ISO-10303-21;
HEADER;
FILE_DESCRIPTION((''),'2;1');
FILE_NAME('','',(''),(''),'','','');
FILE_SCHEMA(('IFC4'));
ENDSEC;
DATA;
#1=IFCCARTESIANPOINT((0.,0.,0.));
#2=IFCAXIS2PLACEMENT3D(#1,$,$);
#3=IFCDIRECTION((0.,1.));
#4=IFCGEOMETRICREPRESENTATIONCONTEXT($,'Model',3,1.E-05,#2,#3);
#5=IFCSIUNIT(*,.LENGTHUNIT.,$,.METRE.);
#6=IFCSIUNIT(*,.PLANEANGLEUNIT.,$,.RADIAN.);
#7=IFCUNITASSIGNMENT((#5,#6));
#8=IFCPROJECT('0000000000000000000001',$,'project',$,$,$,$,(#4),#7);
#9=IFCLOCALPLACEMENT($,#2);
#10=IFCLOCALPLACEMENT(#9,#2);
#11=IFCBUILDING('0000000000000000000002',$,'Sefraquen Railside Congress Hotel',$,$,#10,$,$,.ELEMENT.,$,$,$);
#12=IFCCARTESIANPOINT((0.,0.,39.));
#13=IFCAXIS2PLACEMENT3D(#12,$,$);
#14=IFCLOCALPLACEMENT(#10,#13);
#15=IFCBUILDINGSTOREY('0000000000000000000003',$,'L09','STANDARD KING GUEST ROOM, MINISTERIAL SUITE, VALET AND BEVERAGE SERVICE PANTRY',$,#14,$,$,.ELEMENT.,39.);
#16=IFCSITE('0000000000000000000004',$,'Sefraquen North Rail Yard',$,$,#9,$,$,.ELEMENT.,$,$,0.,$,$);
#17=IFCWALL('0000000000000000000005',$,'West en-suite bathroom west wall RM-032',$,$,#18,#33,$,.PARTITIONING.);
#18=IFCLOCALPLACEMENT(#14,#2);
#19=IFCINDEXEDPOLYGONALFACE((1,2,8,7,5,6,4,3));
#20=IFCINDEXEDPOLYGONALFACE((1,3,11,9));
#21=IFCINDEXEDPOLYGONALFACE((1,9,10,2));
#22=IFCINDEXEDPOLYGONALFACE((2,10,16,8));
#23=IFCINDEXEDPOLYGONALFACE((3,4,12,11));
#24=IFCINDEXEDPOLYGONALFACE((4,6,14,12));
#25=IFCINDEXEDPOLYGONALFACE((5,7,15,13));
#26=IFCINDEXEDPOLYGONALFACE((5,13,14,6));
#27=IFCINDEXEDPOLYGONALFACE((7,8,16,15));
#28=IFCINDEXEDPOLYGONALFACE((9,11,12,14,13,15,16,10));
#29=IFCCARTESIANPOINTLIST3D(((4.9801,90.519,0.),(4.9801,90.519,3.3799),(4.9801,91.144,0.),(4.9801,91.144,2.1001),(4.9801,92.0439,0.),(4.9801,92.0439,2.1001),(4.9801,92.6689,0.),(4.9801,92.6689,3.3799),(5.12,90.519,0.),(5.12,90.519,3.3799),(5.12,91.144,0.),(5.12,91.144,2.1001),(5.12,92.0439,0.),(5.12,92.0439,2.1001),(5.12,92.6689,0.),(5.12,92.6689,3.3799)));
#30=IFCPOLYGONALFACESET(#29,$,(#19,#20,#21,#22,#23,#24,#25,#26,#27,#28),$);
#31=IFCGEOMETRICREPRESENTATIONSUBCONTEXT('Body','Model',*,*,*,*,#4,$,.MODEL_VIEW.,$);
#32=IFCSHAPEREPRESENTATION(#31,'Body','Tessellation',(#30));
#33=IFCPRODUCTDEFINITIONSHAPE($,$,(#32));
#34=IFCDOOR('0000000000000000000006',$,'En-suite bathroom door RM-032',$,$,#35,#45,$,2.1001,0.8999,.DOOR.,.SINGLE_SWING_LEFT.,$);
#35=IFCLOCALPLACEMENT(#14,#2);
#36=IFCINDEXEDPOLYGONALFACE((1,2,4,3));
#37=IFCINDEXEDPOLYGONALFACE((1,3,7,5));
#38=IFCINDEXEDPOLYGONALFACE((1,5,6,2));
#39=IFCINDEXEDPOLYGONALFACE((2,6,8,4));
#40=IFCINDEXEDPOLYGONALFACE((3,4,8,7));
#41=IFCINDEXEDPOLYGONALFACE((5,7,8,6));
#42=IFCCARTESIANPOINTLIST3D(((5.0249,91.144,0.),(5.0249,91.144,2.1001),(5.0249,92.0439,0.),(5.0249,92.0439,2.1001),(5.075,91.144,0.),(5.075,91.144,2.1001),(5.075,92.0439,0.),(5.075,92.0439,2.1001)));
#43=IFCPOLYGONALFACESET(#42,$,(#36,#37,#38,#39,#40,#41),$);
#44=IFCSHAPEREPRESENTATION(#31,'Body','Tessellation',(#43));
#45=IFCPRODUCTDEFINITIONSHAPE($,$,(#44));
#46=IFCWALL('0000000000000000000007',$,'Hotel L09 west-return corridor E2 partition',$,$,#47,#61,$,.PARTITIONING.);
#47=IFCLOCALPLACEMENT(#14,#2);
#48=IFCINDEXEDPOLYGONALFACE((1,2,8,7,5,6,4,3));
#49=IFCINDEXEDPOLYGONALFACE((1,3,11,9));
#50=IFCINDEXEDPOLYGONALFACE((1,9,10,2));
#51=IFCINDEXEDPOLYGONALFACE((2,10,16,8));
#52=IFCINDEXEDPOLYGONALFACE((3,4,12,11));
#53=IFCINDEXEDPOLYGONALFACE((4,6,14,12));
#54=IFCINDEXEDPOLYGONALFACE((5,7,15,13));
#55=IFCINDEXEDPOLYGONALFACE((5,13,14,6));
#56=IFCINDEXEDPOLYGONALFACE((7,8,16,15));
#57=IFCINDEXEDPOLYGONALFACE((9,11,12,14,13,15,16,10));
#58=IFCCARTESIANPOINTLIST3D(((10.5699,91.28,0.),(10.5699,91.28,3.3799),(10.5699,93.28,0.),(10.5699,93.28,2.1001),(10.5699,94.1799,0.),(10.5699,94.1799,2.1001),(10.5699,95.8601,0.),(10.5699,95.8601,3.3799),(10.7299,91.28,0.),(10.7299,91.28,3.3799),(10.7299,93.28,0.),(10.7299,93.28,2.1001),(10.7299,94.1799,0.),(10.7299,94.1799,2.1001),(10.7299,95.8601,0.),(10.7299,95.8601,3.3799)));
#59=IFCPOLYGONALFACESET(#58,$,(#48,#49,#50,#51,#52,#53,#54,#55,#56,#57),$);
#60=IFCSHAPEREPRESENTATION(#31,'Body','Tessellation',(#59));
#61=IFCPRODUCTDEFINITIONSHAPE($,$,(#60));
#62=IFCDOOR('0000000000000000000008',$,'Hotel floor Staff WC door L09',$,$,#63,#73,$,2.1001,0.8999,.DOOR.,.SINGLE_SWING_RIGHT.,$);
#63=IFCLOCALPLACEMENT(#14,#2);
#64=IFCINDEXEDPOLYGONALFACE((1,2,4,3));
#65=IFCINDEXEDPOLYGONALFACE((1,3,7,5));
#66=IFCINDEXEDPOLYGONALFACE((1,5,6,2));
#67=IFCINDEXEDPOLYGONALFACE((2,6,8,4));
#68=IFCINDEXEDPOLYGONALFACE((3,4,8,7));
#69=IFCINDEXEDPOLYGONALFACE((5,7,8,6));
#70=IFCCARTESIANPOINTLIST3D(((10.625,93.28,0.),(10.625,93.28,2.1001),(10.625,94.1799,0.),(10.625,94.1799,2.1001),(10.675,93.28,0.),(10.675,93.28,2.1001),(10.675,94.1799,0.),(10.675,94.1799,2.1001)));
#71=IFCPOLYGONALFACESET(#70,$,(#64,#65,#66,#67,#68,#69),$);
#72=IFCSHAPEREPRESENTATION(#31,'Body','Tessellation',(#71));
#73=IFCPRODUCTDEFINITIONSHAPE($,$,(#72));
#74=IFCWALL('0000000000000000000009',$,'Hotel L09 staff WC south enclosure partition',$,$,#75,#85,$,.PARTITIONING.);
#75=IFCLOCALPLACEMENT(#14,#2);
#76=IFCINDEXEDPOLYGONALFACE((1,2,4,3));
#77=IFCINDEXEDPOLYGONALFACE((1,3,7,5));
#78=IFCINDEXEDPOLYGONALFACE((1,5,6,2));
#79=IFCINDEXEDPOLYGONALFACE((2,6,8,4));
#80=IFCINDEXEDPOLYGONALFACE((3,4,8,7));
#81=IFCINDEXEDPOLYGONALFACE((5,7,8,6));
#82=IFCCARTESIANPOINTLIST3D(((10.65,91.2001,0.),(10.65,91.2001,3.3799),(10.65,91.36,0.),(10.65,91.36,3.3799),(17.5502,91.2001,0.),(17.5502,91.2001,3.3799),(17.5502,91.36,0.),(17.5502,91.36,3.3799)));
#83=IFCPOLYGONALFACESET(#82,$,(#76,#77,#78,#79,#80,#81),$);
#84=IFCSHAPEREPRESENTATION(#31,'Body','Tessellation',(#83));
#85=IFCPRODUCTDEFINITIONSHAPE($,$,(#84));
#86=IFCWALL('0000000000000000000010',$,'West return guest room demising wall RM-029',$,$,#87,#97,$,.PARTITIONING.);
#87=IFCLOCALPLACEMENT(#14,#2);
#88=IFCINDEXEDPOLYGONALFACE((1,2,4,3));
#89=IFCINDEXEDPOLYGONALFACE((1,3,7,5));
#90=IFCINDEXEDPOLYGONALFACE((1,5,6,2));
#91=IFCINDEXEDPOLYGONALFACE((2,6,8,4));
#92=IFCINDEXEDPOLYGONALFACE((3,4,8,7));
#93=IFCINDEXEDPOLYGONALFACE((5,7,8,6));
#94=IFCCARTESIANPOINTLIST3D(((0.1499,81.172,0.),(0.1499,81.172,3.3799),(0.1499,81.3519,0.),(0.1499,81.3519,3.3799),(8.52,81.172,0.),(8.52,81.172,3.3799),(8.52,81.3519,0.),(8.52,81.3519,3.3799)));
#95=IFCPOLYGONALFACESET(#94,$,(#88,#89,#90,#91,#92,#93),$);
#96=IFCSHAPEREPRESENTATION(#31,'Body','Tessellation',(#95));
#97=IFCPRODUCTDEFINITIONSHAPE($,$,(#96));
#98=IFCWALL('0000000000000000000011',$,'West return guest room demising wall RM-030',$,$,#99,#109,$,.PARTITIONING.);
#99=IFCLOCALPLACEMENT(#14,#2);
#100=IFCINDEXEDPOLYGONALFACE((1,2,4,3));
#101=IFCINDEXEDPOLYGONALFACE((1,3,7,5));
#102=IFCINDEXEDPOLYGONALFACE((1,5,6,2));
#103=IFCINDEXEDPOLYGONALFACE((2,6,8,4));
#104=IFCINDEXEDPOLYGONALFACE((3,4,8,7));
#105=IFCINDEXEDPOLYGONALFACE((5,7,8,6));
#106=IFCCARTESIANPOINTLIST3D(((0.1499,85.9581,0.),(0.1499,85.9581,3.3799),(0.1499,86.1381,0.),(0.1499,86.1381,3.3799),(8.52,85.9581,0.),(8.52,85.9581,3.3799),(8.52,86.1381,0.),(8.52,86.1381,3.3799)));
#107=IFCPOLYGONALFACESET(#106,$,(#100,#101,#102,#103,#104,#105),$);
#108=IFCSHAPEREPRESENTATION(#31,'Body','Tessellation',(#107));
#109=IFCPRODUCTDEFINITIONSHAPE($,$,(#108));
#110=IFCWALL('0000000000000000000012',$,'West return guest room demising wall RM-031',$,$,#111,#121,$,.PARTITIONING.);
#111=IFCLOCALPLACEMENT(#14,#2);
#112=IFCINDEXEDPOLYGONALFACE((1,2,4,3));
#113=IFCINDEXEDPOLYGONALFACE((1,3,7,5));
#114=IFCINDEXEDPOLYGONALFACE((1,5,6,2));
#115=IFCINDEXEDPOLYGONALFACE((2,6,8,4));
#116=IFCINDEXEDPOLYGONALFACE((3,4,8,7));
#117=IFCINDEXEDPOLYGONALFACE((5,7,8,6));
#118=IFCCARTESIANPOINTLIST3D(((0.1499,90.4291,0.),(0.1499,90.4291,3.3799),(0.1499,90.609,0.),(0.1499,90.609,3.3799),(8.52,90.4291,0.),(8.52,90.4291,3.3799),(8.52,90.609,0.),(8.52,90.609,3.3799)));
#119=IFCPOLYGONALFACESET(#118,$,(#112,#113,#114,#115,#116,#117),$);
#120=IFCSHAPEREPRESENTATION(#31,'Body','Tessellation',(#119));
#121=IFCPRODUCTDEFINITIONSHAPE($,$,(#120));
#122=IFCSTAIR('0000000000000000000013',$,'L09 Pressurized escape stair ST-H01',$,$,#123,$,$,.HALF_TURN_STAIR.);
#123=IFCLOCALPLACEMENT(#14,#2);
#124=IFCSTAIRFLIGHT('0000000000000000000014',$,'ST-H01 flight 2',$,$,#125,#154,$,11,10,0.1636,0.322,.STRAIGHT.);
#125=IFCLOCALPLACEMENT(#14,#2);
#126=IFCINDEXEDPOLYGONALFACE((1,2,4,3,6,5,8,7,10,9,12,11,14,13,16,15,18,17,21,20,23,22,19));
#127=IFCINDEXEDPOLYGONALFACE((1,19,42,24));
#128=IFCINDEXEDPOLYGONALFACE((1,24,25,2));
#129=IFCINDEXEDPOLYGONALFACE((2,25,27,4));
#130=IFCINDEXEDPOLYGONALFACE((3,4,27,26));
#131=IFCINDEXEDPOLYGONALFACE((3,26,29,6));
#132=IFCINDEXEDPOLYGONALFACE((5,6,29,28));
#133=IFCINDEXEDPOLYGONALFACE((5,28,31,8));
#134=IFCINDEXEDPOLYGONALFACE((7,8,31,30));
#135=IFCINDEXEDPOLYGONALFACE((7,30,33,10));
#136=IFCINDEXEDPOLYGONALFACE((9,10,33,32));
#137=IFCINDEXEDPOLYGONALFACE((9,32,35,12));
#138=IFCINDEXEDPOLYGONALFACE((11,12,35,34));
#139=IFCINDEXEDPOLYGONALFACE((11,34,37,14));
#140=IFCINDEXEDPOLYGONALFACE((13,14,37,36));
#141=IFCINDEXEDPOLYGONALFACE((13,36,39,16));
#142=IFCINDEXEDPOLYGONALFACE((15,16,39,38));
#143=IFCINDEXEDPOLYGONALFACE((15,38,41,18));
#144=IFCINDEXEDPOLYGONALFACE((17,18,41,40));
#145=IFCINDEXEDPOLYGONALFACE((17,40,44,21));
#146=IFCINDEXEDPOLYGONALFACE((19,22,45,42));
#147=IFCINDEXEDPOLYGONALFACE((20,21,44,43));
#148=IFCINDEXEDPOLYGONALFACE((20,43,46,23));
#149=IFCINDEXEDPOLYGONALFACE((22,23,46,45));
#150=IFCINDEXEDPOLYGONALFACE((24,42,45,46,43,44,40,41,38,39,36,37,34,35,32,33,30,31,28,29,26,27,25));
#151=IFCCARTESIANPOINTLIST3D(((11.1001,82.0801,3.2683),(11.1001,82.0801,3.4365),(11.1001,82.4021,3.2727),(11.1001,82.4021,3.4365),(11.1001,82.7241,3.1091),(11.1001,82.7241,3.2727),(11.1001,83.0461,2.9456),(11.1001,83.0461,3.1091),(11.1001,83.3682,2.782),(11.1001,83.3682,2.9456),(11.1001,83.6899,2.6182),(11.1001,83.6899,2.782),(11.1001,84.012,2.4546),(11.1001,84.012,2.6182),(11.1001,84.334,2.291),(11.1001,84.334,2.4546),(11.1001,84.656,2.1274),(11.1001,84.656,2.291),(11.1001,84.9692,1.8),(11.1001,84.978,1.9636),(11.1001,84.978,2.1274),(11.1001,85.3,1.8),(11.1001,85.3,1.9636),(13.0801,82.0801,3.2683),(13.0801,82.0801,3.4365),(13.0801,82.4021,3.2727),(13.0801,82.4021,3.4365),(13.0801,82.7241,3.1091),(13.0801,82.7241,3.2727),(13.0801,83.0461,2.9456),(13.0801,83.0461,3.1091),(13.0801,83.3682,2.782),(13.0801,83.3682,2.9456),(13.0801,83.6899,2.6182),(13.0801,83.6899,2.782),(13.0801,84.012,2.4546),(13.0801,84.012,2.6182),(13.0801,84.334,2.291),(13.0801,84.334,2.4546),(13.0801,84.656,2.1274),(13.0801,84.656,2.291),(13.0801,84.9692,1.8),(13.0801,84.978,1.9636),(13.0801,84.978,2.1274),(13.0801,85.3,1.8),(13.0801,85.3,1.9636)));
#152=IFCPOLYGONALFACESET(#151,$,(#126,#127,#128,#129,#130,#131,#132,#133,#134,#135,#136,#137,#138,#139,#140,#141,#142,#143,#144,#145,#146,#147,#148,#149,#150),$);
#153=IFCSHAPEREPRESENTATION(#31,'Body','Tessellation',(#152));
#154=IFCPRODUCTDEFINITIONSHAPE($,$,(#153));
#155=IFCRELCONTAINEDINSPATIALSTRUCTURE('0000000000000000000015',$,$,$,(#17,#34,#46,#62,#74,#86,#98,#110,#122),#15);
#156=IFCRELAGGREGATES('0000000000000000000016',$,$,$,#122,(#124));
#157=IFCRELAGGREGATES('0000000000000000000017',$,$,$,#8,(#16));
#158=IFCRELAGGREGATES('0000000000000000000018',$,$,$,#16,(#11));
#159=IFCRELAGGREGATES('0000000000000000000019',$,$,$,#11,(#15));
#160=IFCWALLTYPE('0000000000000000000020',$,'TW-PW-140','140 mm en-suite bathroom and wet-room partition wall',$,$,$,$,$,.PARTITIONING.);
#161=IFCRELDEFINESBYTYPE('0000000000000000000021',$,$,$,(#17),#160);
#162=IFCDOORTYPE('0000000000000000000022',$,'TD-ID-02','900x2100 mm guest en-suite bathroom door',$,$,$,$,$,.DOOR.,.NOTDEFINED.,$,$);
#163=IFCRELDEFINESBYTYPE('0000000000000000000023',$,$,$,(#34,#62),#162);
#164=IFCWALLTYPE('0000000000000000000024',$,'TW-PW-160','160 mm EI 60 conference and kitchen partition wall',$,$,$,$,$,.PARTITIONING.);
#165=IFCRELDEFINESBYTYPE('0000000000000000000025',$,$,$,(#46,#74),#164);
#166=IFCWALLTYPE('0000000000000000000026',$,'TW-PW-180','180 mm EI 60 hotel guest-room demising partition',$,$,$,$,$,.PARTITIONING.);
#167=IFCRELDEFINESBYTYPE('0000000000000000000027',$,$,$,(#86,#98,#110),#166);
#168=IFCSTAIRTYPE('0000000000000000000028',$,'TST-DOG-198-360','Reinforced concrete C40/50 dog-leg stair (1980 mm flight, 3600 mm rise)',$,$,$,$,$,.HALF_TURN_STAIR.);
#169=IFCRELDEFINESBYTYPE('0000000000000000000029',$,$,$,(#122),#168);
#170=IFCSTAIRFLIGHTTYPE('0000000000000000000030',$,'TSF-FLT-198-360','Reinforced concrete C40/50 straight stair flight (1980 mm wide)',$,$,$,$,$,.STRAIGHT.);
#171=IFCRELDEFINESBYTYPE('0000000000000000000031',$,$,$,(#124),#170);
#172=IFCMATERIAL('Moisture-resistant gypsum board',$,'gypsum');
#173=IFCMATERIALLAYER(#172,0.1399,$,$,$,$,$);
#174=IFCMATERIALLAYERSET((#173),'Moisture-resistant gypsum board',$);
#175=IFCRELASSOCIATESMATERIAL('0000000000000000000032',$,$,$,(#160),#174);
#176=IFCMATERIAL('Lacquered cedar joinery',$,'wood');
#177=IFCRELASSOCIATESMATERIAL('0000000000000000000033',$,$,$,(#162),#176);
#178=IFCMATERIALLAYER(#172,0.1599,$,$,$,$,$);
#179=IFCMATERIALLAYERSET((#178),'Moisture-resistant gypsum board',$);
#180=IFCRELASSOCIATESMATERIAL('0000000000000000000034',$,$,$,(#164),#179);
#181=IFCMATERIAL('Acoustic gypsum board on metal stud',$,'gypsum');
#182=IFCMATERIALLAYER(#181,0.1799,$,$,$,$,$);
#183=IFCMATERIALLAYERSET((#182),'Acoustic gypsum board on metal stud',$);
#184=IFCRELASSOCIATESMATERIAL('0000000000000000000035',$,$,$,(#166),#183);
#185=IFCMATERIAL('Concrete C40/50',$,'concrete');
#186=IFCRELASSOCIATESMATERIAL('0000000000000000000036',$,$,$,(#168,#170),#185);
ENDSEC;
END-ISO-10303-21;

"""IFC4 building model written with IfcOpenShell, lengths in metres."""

from ifc_helpers import new_model, si_unit, direction, frame, frame_2d, origin, place, context, subcontext, project, spatial, polyline, rectangle, outline, extrude, material, layer, layer_set, type_object, element, fill, aggregate, save


model = new_model("IFC4")

# Units and contexts
model_context = context("Model", 3, precision=1e-05, world=origin(), true_north=direction((0.0, 1.0)))
body_context = subcontext(model_context, "Body", "Model", "MODEL_VIEW")
ifc_project = project(units=[si_unit("LENGTHUNIT", "METRE"), si_unit("PLANEANGLEUNIT", "RADIAN")], contexts=[model_context])

# Site, building, storey
site_placement = place(None, origin())
site = spatial("IfcSite", under=ifc_project, at=site_placement, Name="Sefraquen North Rail Yard", CompositionType="ELEMENT", RefElevation=0.0)
building_placement = place(site_placement, origin())
building = spatial("IfcBuilding", under=site, at=building_placement, Name="Sefraquen Railside Congress Hotel", CompositionType="ELEMENT")
storey_placement = place(building_placement, frame((0.0, 0.0, 39.0)))
storey = spatial("IfcBuildingStorey", under=building, at=storey_placement, Name="L09", Description="STANDARD KING GUEST ROOM, MINISTERIAL SUITE, VALET AND BEVERAGE SERVICE PANTRY", CompositionType="ELEMENT", Elevation=39.0)

# Shared definitions
ifc_material_1 = material(Name="Moisture-resistant gypsum board", Category="gypsum")
ifc_layer_1 = layer(ifc_material_1, 0.1399)
ifc_layer_set_1 = layer_set([ifc_layer_1], Name="Moisture-resistant gypsum board")
wall_type_1 = type_object("IfcWallType", Name="TW-PW-140", Description="140 mm en-suite bathroom and wet-room partition wall", PredefinedType="PARTITIONING", material=ifc_layer_set_1)

# Shared definitions
ifc_material_2 = material(Name="Lacquered cedar joinery", Category="wood")
door_type = type_object("IfcDoorType", Name="TD-ID-02", Description="900x2100 mm guest en-suite bathroom door", OperationType="NOTDEFINED", PredefinedType="DOOR", material=ifc_material_2)

# Walls, openings, doors
wall_1_placement = place(storey_placement, frame((5.05, 90.519, 0.0), z_axis=(0.0, 0.0, 1.0), x_axis=(0.0, 1.0, 0.0)))
wall_1 = element("IfcWall", 1, at=wall_1_placement, inside=storey, type_object=wall_type_1, Name="West en-suite bathroom west wall RM-032", PredefinedType="PARTITIONING", context=body_context, shape_type="SweptSolid", body=[
    extrude(rectangle(XDim=2.1499, YDim=0.1399, at=frame_2d((1.075, 0.0))), origin(), (0.0, 0.0, 1.0), 3.3799),
])
opening_1_placement = place(wall_1_placement, frame((0.625, 0.0, 0.0)))
opening_1 = element("IfcOpeningElement", 2, at=opening_1_placement, cuts=wall_1, PredefinedType="OPENING", context=body_context, shape_type="SweptSolid", body=[
    extrude(rectangle(XDim=0.8999, YDim=2.1001, at=frame_2d((0.45, 1.05))), frame((0.0, 0.0798, 0.0), z_axis=(0.0, -1.0, 0.0), x_axis=(1.0, 0.0, 0.0)), (0.0, 0.0, 1.0), 0.1599),
])
door_1_placement = place(opening_1_placement, frame((0.8999, 0.0, 0.0), z_axis=(0.0, 0.0, 1.0), x_axis=(-1.0, 0.0, 0.0)))
door_1 = element("IfcDoor", 3, at=door_1_placement, inside=storey, type_object=door_type, Name="En-suite bathroom door RM-032", OperationType="SINGLE_SWING_LEFT", OverallHeight=2.1001, OverallWidth=0.8999, PredefinedType="DOOR", context=body_context, shape_type="SweptSolid", body=[
    extrude(rectangle(XDim=0.8999, YDim=2.1001, at=frame_2d((0.45, 1.05))), frame((0.0, 0.0249, 0.0), z_axis=(0.0, -1.0, 0.0), x_axis=(1.0, 0.0, 0.0)), (0.0, 0.0, 1.0), 0.05),
])
fill(opening_1, door_1)
ifc_layer_2 = layer(ifc_material_1, 0.1599)
ifc_layer_set_2 = layer_set([ifc_layer_2], Name="Moisture-resistant gypsum board")
wall_type_2 = type_object("IfcWallType", Name="TW-PW-160", Description="160 mm EI 60 conference and kitchen partition wall", PredefinedType="PARTITIONING", material=ifc_layer_set_2)
wall_2_placement = place(storey_placement, frame((10.6499, 91.28, 0.0), z_axis=(0.0, 0.0, 1.0), x_axis=(0.0, 1.0, 0.0)))
wall_2 = element("IfcWall", 4, at=wall_2_placement, inside=storey, type_object=wall_type_2, Name="Hotel L09 west-return corridor E2 partition", PredefinedType="PARTITIONING", context=body_context, shape_type="SweptSolid", body=[
    extrude(rectangle(XDim=4.5801, YDim=0.1599, at=frame_2d((2.29, 0.0))), origin(), (0.0, 0.0, 1.0), 3.3799),
])
opening_2_placement = place(wall_2_placement, frame((2.0, 0.0, 0.0)))
opening_2 = element("IfcOpeningElement", 5, at=opening_2_placement, cuts=wall_2, PredefinedType="OPENING", context=body_context, shape_type="SweptSolid", body=[
    extrude(rectangle(XDim=0.8999, YDim=2.1001, at=frame_2d((0.45, 1.05))), frame((0.0, 0.0898, 0.0), z_axis=(0.0, -1.0, 0.0), x_axis=(1.0, 0.0, 0.0)), (0.0, 0.0, 1.0), 0.1799),
])
door_2_placement = place(opening_2_placement, origin())
door_2 = element("IfcDoor", 6, at=door_2_placement, inside=storey, type_object=door_type, Name="Hotel floor Staff WC door L09", OperationType="SINGLE_SWING_RIGHT", OverallHeight=2.1001, OverallWidth=0.8999, PredefinedType="DOOR", context=body_context, shape_type="SweptSolid", body=[
    extrude(rectangle(XDim=0.8999, YDim=2.1001, at=frame_2d((0.45, 1.05))), frame((0.0, 0.0249, 0.0), z_axis=(0.0, -1.0, 0.0), x_axis=(1.0, 0.0, 0.0)), (0.0, 0.0, 1.0), 0.05),
])
fill(opening_2, door_2)

# Walls
wall_3_placement = place(storey_placement, frame((10.6499, 91.28, 0.0), z_axis=(0.0, 0.0, 1.0), x_axis=(1.0, 0.0, 0.0)))
element("IfcWall", 7, at=wall_3_placement, inside=storey, type_object=wall_type_2, Name="Hotel L09 staff WC south enclosure partition", PredefinedType="PARTITIONING", context=body_context, shape_type="SweptSolid", body=[
    extrude(rectangle(XDim=6.9001, YDim=0.1599, at=frame_2d((3.4502, 0.0))), origin(), (0.0, 0.0, 1.0), 3.3799),
])
ifc_material_3 = material(Name="Acoustic gypsum board on metal stud", Category="gypsum")
ifc_layer_3 = layer(ifc_material_3, 0.1799)
ifc_layer_set_3 = layer_set([ifc_layer_3], Name="Acoustic gypsum board on metal stud")
wall_type_3 = type_object("IfcWallType", Name="TW-PW-180", Description="180 mm EI 60 hotel guest-room demising partition", PredefinedType="PARTITIONING", material=ifc_layer_set_3)
for number, where, z_axis, x_axis, name in (
    (8, (0.1499, 81.262, 0.0), (0.0, 0.0, 1.0), (1.0, 0.0, 0.0), "West return guest room demising wall RM-029"),
    (9, (0.1499, 86.0481, 0.0), (0.0, 0.0, 1.0), (1.0, 0.0, 0.0), "West return guest room demising wall RM-030"),
    (10, (0.1499, 90.519, 0.0), (0.0, 0.0, 1.0), (1.0, 0.0, 0.0), "West return guest room demising wall RM-031"),
):
    element("IfcWall", number, at=place(storey_placement, frame(where, z_axis=z_axis, x_axis=x_axis)), inside=storey, type_object=wall_type_3, Name=name, PredefinedType="PARTITIONING", context=body_context, shape_type="SweptSolid", body=[
        extrude(rectangle(XDim=8.3701, YDim=0.1799, at=frame_2d((4.1851, 0.0))), origin(), (0.0, 0.0, 1.0), 3.3799),
    ])

# Stair, stair flight
ifc_material_4 = material(Name="Concrete C40/50", Category="concrete")
stair_type = type_object("IfcStairType", Name="TST-DOG-198-360", Description="Reinforced concrete C40/50 dog-leg stair (1980 mm flight, 3600 mm rise)", PredefinedType="HALF_TURN_STAIR", material=ifc_material_4)
stair_placement = place(storey_placement, origin())
stair = element("IfcStair", 11, at=stair_placement, inside=storey, type_object=stair_type, Name="L09 Pressurized escape stair ST-H01", PredefinedType="HALF_TURN_STAIR")
stair_flight_type = type_object("IfcStairFlightType", Name="TSF-FLT-198-360", Description="Reinforced concrete C40/50 straight stair flight (1980 mm wide)", PredefinedType="STRAIGHT", material=ifc_material_4)
stair_flight_placement = place(storey_placement, frame((12.0901, 85.3, 1.8), z_axis=(0.0, 0.0, 1.0), x_axis=(0.0, -1.0, 0.0)))
stair_flight = element("IfcStairFlight", 12, at=stair_flight_placement, type_object=stair_flight_type, Name="ST-H01 flight 2", NumberOfRisers=11, NumberOfTreads=10, PredefinedType="STRAIGHT", RiserHeight=0.1636, TreadLength=0.322, context=body_context, shape_type="SweptSolid", body=[
    extrude(outline(polyline([(0.0, 0.0), (0.0, 0.1636), (0.322, 0.1636), (0.322, 0.3274), (0.644, 0.3274), (0.644, 0.491), (0.9661, 0.491), (0.9661, 0.6545), (1.2881, 0.6545), (1.2881, 0.8181), (1.6101, 0.8181), (1.6101, 0.9819), (1.9319, 0.9819), (1.9319, 1.1455), (2.2539, 1.1455), (2.2539, 1.3091), (2.5759, 1.3091), (2.5759, 1.4727), (2.8979, 1.4727), (2.8979, 1.6365), (3.22, 1.6365), (3.22, 1.8), (3.22, 1.4683), (0.3308, 0.0), (0.0, 0.0)])), frame((0.0, 0.99, 0.0), z_axis=(0.0, -1.0, 0.0), x_axis=(1.0, 0.0, 0.0)), (0.0, 0.0, 1.0), 1.98),
])
aggregate(stair, [stair_flight])

save(model, "model.ifc")
